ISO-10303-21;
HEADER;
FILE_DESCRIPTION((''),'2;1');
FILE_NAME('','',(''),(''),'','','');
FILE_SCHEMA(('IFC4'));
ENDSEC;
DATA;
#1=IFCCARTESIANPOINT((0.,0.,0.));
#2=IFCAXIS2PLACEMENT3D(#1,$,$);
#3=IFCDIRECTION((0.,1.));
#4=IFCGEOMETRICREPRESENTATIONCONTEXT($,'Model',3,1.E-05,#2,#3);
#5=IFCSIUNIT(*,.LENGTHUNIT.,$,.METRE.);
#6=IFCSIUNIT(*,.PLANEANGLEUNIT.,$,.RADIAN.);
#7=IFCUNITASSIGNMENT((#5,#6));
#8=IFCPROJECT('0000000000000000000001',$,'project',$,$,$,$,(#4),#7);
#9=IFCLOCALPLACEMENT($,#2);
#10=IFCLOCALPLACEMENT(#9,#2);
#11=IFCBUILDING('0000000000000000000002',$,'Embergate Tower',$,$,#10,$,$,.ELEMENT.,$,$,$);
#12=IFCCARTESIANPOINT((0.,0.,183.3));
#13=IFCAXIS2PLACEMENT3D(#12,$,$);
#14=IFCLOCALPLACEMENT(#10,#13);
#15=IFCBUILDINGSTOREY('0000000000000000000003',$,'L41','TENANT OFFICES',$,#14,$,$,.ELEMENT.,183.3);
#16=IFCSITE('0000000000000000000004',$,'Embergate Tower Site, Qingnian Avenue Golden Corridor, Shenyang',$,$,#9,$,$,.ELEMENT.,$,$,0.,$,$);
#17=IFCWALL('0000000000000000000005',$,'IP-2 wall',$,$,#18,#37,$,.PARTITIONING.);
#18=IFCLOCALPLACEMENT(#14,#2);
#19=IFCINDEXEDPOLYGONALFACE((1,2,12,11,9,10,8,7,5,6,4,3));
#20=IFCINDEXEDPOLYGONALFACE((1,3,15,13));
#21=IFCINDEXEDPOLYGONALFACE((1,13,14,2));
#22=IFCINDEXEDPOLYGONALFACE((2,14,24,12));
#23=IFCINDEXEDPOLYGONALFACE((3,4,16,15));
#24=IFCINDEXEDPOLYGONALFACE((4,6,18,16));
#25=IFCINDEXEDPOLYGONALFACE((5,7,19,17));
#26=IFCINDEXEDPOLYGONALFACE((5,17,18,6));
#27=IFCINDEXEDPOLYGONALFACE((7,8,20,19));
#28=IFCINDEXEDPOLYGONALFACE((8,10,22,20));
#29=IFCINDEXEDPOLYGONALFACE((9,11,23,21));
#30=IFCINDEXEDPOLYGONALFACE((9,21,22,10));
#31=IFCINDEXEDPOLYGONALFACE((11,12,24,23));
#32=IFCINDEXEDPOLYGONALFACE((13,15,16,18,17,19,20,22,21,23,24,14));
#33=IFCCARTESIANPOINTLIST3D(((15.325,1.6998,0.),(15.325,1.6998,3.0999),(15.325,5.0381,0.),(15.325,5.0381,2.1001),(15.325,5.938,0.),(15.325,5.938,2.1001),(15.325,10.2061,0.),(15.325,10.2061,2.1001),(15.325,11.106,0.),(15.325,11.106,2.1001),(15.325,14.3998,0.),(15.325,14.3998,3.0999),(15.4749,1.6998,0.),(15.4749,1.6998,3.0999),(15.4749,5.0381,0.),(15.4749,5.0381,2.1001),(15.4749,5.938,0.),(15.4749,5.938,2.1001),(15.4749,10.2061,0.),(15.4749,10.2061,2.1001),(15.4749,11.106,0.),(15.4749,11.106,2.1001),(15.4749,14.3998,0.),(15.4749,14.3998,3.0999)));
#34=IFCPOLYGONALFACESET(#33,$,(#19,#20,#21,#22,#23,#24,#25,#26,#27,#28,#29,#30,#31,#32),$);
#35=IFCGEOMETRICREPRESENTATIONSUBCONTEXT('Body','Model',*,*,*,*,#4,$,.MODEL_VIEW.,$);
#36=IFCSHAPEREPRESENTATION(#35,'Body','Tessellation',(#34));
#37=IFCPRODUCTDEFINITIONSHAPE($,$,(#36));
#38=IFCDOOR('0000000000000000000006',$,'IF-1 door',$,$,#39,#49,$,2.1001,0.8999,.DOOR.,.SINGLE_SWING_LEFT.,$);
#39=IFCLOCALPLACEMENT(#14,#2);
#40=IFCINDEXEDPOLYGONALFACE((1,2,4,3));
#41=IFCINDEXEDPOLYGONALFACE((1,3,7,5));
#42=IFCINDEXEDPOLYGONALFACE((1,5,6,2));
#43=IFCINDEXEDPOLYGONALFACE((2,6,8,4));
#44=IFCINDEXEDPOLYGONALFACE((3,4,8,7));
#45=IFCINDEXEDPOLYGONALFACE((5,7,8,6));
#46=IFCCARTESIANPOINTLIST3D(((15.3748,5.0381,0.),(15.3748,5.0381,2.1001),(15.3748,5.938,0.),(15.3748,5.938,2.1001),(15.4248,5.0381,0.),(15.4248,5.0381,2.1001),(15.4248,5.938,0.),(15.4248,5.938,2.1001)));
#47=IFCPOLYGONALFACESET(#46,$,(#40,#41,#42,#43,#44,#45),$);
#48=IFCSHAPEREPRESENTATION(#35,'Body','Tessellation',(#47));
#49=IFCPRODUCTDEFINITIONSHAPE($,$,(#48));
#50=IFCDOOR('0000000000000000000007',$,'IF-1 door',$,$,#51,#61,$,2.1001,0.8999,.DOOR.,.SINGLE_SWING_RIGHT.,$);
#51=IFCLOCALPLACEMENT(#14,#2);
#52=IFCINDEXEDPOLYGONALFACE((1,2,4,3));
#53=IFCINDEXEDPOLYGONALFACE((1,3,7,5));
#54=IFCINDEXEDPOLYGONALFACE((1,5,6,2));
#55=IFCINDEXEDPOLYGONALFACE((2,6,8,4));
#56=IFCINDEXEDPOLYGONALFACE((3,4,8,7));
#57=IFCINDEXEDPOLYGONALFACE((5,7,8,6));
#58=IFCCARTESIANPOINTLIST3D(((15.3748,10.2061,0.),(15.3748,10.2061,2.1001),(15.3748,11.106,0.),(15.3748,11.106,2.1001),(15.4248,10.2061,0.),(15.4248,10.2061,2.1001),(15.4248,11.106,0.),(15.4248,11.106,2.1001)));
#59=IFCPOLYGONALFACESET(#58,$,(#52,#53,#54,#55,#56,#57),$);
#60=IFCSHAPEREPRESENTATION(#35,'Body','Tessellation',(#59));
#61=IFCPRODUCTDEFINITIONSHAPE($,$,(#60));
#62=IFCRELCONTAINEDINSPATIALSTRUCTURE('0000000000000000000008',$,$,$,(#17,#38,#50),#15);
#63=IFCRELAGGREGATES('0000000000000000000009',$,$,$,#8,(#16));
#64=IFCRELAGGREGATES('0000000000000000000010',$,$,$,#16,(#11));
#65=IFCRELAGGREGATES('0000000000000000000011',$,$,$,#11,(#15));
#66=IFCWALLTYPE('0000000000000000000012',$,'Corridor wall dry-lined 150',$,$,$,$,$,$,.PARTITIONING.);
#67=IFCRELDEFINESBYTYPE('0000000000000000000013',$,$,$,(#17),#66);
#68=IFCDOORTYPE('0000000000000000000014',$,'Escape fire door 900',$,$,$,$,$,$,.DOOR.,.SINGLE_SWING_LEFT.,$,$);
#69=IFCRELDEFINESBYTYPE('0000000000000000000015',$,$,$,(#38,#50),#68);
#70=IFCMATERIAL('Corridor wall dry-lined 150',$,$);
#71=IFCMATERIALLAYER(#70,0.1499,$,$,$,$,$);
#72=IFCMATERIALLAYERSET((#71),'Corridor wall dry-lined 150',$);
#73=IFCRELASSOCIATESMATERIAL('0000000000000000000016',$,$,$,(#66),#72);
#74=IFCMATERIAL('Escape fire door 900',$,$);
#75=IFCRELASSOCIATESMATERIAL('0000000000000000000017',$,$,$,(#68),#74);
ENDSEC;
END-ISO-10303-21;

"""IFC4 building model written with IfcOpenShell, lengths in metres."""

from ifc_helpers import new_model, si_unit, direction, frame, frame_2d, origin, place, context, subcontext, project, spatial, rectangle, extrude, source, transform, mapped, material, layer, layer_set, type_object, element, fill, save


model = new_model("IFC4")

# Units and contexts
model_context = context("Model", 3, precision=1e-05, world=origin(), true_north=direction((0.0, 1.0)))
body_context = subcontext(model_context, "Body", "Model", "MODEL_VIEW")
ifc_project = project(units=[si_unit("LENGTHUNIT", "METRE"), si_unit("PLANEANGLEUNIT", "RADIAN")], contexts=[model_context])

# Site, building, storey
site_placement = place(None, origin())
site = spatial("IfcSite", under=ifc_project, at=site_placement, Name="Embergate Tower Site, Qingnian Avenue Golden Corridor, Shenyang", CompositionType="ELEMENT", RefElevation=0.0)
building_placement = place(site_placement, origin())
building = spatial("IfcBuilding", under=site, at=building_placement, Name="Embergate Tower", CompositionType="ELEMENT")
storey_placement = place(building_placement, frame((0.0, 0.0, 183.3)))
storey = spatial("IfcBuildingStorey", under=building, at=storey_placement, Name="L41", Description="TENANT OFFICES", CompositionType="ELEMENT", Elevation=183.3)

# Wall, openings, doors
ifc_material_1 = material(Name="Corridor wall dry-lined 150")
ifc_layer_1 = layer(ifc_material_1, 0.1499)
ifc_layer_set_1 = layer_set([ifc_layer_1], Name="Corridor wall dry-lined 150")
wall_type_1 = type_object("IfcWallType", Name="Corridor wall dry-lined 150", PredefinedType="PARTITIONING", material=ifc_layer_set_1)
shared_shape_1 = source(origin(), body_context, "Body", "SweptSolid", [
    extrude(rectangle(XDim=12.7, YDim=0.1499, at=frame_2d((6.3501, 0.0))), origin(), (0.0, 0.0, 1.0), 3.0999),
])
wall_1_placement = place(storey_placement, frame((15.3999, 14.3999, 0.0), z_axis=(0.0, 0.0, 1.0), x_axis=(0.0, -1.0, 0.0)))
wall_1 = element("IfcWall", 1, at=wall_1_placement, inside=storey, type_object=wall_type_1, Name="IP-2 wall", PredefinedType="PARTITIONING", context=body_context, shape_type="MappedRepresentation", body=[
    mapped(shared_shape_1, transform((0.0, 0.0, 0.0))),
])
shared_shape_2 = source(origin(), body_context, "Body", "SweptSolid", [
    extrude(rectangle(XDim=0.8999, YDim=2.1001, at=frame_2d((0.45, 1.05))), frame((0.0, 0.085, 0.0), z_axis=(0.0, -1.0, 0.0), x_axis=(1.0, 0.0, 0.0)), (0.0, 0.0, 1.0), 0.1699),
])
opening_1_placement = place(wall_1_placement, frame((8.4619, 0.0, 0.0)))
opening_1 = element("IfcOpeningElement", 2, at=opening_1_placement, cuts=wall_1, PredefinedType="OPENING", context=body_context, shape_type="MappedRepresentation", body=[
    mapped(shared_shape_2, transform((0.0, 0.0, 0.0))),
])
opening_2_placement = place(wall_1_placement, frame((3.2939, 0.0, 0.0)))
opening_2 = element("IfcOpeningElement", 3, at=opening_2_placement, cuts=wall_1, PredefinedType="OPENING", context=body_context, shape_type="MappedRepresentation", body=[
    mapped(shared_shape_2, transform((0.0, 0.0, 0.0))),
])
ifc_material_2 = material(Name="Escape fire door 900")
door_type_1 = type_object("IfcDoorType", Name="Escape fire door 900", OperationType="SINGLE_SWING_LEFT", PredefinedType="DOOR", material=ifc_material_2)
shared_shape_3 = source(origin(), body_context, "Body", "SweptSolid", [
    extrude(rectangle(XDim=0.8999, YDim=2.1001, at=frame_2d((0.45, 1.05))), frame((0.0, 0.0249, 0.0), z_axis=(0.0, -1.0, 0.0), x_axis=(1.0, 0.0, 0.0)), (0.0, 0.0, 1.0), 0.05),
])
door_1_placement = place(opening_1_placement, origin())
door_1 = element("IfcDoor", 4, at=door_1_placement, inside=storey, type_object=door_type_1, Name="IF-1 door", OperationType="SINGLE_SWING_LEFT", OverallHeight=2.1001, OverallWidth=0.8999, PredefinedType="DOOR", context=body_context, shape_type="MappedRepresentation", body=[
    mapped(shared_shape_3, transform((0.0, 0.0, 0.0))),
])
fill(opening_1, door_1)
door_2_placement = place(opening_2_placement, origin())
door_2 = element("IfcDoor", 5, at=door_2_placement, inside=storey, type_object=door_type_1, Name="IF-1 door", OperationType="SINGLE_SWING_RIGHT", OverallHeight=2.1001, OverallWidth=0.8999, PredefinedType="DOOR", context=body_context, shape_type="MappedRepresentation", body=[
    mapped(shared_shape_3, transform((0.0, 0.0, 0.0))),
])
fill(opening_2, door_2)

save(model, "model.ifc")
